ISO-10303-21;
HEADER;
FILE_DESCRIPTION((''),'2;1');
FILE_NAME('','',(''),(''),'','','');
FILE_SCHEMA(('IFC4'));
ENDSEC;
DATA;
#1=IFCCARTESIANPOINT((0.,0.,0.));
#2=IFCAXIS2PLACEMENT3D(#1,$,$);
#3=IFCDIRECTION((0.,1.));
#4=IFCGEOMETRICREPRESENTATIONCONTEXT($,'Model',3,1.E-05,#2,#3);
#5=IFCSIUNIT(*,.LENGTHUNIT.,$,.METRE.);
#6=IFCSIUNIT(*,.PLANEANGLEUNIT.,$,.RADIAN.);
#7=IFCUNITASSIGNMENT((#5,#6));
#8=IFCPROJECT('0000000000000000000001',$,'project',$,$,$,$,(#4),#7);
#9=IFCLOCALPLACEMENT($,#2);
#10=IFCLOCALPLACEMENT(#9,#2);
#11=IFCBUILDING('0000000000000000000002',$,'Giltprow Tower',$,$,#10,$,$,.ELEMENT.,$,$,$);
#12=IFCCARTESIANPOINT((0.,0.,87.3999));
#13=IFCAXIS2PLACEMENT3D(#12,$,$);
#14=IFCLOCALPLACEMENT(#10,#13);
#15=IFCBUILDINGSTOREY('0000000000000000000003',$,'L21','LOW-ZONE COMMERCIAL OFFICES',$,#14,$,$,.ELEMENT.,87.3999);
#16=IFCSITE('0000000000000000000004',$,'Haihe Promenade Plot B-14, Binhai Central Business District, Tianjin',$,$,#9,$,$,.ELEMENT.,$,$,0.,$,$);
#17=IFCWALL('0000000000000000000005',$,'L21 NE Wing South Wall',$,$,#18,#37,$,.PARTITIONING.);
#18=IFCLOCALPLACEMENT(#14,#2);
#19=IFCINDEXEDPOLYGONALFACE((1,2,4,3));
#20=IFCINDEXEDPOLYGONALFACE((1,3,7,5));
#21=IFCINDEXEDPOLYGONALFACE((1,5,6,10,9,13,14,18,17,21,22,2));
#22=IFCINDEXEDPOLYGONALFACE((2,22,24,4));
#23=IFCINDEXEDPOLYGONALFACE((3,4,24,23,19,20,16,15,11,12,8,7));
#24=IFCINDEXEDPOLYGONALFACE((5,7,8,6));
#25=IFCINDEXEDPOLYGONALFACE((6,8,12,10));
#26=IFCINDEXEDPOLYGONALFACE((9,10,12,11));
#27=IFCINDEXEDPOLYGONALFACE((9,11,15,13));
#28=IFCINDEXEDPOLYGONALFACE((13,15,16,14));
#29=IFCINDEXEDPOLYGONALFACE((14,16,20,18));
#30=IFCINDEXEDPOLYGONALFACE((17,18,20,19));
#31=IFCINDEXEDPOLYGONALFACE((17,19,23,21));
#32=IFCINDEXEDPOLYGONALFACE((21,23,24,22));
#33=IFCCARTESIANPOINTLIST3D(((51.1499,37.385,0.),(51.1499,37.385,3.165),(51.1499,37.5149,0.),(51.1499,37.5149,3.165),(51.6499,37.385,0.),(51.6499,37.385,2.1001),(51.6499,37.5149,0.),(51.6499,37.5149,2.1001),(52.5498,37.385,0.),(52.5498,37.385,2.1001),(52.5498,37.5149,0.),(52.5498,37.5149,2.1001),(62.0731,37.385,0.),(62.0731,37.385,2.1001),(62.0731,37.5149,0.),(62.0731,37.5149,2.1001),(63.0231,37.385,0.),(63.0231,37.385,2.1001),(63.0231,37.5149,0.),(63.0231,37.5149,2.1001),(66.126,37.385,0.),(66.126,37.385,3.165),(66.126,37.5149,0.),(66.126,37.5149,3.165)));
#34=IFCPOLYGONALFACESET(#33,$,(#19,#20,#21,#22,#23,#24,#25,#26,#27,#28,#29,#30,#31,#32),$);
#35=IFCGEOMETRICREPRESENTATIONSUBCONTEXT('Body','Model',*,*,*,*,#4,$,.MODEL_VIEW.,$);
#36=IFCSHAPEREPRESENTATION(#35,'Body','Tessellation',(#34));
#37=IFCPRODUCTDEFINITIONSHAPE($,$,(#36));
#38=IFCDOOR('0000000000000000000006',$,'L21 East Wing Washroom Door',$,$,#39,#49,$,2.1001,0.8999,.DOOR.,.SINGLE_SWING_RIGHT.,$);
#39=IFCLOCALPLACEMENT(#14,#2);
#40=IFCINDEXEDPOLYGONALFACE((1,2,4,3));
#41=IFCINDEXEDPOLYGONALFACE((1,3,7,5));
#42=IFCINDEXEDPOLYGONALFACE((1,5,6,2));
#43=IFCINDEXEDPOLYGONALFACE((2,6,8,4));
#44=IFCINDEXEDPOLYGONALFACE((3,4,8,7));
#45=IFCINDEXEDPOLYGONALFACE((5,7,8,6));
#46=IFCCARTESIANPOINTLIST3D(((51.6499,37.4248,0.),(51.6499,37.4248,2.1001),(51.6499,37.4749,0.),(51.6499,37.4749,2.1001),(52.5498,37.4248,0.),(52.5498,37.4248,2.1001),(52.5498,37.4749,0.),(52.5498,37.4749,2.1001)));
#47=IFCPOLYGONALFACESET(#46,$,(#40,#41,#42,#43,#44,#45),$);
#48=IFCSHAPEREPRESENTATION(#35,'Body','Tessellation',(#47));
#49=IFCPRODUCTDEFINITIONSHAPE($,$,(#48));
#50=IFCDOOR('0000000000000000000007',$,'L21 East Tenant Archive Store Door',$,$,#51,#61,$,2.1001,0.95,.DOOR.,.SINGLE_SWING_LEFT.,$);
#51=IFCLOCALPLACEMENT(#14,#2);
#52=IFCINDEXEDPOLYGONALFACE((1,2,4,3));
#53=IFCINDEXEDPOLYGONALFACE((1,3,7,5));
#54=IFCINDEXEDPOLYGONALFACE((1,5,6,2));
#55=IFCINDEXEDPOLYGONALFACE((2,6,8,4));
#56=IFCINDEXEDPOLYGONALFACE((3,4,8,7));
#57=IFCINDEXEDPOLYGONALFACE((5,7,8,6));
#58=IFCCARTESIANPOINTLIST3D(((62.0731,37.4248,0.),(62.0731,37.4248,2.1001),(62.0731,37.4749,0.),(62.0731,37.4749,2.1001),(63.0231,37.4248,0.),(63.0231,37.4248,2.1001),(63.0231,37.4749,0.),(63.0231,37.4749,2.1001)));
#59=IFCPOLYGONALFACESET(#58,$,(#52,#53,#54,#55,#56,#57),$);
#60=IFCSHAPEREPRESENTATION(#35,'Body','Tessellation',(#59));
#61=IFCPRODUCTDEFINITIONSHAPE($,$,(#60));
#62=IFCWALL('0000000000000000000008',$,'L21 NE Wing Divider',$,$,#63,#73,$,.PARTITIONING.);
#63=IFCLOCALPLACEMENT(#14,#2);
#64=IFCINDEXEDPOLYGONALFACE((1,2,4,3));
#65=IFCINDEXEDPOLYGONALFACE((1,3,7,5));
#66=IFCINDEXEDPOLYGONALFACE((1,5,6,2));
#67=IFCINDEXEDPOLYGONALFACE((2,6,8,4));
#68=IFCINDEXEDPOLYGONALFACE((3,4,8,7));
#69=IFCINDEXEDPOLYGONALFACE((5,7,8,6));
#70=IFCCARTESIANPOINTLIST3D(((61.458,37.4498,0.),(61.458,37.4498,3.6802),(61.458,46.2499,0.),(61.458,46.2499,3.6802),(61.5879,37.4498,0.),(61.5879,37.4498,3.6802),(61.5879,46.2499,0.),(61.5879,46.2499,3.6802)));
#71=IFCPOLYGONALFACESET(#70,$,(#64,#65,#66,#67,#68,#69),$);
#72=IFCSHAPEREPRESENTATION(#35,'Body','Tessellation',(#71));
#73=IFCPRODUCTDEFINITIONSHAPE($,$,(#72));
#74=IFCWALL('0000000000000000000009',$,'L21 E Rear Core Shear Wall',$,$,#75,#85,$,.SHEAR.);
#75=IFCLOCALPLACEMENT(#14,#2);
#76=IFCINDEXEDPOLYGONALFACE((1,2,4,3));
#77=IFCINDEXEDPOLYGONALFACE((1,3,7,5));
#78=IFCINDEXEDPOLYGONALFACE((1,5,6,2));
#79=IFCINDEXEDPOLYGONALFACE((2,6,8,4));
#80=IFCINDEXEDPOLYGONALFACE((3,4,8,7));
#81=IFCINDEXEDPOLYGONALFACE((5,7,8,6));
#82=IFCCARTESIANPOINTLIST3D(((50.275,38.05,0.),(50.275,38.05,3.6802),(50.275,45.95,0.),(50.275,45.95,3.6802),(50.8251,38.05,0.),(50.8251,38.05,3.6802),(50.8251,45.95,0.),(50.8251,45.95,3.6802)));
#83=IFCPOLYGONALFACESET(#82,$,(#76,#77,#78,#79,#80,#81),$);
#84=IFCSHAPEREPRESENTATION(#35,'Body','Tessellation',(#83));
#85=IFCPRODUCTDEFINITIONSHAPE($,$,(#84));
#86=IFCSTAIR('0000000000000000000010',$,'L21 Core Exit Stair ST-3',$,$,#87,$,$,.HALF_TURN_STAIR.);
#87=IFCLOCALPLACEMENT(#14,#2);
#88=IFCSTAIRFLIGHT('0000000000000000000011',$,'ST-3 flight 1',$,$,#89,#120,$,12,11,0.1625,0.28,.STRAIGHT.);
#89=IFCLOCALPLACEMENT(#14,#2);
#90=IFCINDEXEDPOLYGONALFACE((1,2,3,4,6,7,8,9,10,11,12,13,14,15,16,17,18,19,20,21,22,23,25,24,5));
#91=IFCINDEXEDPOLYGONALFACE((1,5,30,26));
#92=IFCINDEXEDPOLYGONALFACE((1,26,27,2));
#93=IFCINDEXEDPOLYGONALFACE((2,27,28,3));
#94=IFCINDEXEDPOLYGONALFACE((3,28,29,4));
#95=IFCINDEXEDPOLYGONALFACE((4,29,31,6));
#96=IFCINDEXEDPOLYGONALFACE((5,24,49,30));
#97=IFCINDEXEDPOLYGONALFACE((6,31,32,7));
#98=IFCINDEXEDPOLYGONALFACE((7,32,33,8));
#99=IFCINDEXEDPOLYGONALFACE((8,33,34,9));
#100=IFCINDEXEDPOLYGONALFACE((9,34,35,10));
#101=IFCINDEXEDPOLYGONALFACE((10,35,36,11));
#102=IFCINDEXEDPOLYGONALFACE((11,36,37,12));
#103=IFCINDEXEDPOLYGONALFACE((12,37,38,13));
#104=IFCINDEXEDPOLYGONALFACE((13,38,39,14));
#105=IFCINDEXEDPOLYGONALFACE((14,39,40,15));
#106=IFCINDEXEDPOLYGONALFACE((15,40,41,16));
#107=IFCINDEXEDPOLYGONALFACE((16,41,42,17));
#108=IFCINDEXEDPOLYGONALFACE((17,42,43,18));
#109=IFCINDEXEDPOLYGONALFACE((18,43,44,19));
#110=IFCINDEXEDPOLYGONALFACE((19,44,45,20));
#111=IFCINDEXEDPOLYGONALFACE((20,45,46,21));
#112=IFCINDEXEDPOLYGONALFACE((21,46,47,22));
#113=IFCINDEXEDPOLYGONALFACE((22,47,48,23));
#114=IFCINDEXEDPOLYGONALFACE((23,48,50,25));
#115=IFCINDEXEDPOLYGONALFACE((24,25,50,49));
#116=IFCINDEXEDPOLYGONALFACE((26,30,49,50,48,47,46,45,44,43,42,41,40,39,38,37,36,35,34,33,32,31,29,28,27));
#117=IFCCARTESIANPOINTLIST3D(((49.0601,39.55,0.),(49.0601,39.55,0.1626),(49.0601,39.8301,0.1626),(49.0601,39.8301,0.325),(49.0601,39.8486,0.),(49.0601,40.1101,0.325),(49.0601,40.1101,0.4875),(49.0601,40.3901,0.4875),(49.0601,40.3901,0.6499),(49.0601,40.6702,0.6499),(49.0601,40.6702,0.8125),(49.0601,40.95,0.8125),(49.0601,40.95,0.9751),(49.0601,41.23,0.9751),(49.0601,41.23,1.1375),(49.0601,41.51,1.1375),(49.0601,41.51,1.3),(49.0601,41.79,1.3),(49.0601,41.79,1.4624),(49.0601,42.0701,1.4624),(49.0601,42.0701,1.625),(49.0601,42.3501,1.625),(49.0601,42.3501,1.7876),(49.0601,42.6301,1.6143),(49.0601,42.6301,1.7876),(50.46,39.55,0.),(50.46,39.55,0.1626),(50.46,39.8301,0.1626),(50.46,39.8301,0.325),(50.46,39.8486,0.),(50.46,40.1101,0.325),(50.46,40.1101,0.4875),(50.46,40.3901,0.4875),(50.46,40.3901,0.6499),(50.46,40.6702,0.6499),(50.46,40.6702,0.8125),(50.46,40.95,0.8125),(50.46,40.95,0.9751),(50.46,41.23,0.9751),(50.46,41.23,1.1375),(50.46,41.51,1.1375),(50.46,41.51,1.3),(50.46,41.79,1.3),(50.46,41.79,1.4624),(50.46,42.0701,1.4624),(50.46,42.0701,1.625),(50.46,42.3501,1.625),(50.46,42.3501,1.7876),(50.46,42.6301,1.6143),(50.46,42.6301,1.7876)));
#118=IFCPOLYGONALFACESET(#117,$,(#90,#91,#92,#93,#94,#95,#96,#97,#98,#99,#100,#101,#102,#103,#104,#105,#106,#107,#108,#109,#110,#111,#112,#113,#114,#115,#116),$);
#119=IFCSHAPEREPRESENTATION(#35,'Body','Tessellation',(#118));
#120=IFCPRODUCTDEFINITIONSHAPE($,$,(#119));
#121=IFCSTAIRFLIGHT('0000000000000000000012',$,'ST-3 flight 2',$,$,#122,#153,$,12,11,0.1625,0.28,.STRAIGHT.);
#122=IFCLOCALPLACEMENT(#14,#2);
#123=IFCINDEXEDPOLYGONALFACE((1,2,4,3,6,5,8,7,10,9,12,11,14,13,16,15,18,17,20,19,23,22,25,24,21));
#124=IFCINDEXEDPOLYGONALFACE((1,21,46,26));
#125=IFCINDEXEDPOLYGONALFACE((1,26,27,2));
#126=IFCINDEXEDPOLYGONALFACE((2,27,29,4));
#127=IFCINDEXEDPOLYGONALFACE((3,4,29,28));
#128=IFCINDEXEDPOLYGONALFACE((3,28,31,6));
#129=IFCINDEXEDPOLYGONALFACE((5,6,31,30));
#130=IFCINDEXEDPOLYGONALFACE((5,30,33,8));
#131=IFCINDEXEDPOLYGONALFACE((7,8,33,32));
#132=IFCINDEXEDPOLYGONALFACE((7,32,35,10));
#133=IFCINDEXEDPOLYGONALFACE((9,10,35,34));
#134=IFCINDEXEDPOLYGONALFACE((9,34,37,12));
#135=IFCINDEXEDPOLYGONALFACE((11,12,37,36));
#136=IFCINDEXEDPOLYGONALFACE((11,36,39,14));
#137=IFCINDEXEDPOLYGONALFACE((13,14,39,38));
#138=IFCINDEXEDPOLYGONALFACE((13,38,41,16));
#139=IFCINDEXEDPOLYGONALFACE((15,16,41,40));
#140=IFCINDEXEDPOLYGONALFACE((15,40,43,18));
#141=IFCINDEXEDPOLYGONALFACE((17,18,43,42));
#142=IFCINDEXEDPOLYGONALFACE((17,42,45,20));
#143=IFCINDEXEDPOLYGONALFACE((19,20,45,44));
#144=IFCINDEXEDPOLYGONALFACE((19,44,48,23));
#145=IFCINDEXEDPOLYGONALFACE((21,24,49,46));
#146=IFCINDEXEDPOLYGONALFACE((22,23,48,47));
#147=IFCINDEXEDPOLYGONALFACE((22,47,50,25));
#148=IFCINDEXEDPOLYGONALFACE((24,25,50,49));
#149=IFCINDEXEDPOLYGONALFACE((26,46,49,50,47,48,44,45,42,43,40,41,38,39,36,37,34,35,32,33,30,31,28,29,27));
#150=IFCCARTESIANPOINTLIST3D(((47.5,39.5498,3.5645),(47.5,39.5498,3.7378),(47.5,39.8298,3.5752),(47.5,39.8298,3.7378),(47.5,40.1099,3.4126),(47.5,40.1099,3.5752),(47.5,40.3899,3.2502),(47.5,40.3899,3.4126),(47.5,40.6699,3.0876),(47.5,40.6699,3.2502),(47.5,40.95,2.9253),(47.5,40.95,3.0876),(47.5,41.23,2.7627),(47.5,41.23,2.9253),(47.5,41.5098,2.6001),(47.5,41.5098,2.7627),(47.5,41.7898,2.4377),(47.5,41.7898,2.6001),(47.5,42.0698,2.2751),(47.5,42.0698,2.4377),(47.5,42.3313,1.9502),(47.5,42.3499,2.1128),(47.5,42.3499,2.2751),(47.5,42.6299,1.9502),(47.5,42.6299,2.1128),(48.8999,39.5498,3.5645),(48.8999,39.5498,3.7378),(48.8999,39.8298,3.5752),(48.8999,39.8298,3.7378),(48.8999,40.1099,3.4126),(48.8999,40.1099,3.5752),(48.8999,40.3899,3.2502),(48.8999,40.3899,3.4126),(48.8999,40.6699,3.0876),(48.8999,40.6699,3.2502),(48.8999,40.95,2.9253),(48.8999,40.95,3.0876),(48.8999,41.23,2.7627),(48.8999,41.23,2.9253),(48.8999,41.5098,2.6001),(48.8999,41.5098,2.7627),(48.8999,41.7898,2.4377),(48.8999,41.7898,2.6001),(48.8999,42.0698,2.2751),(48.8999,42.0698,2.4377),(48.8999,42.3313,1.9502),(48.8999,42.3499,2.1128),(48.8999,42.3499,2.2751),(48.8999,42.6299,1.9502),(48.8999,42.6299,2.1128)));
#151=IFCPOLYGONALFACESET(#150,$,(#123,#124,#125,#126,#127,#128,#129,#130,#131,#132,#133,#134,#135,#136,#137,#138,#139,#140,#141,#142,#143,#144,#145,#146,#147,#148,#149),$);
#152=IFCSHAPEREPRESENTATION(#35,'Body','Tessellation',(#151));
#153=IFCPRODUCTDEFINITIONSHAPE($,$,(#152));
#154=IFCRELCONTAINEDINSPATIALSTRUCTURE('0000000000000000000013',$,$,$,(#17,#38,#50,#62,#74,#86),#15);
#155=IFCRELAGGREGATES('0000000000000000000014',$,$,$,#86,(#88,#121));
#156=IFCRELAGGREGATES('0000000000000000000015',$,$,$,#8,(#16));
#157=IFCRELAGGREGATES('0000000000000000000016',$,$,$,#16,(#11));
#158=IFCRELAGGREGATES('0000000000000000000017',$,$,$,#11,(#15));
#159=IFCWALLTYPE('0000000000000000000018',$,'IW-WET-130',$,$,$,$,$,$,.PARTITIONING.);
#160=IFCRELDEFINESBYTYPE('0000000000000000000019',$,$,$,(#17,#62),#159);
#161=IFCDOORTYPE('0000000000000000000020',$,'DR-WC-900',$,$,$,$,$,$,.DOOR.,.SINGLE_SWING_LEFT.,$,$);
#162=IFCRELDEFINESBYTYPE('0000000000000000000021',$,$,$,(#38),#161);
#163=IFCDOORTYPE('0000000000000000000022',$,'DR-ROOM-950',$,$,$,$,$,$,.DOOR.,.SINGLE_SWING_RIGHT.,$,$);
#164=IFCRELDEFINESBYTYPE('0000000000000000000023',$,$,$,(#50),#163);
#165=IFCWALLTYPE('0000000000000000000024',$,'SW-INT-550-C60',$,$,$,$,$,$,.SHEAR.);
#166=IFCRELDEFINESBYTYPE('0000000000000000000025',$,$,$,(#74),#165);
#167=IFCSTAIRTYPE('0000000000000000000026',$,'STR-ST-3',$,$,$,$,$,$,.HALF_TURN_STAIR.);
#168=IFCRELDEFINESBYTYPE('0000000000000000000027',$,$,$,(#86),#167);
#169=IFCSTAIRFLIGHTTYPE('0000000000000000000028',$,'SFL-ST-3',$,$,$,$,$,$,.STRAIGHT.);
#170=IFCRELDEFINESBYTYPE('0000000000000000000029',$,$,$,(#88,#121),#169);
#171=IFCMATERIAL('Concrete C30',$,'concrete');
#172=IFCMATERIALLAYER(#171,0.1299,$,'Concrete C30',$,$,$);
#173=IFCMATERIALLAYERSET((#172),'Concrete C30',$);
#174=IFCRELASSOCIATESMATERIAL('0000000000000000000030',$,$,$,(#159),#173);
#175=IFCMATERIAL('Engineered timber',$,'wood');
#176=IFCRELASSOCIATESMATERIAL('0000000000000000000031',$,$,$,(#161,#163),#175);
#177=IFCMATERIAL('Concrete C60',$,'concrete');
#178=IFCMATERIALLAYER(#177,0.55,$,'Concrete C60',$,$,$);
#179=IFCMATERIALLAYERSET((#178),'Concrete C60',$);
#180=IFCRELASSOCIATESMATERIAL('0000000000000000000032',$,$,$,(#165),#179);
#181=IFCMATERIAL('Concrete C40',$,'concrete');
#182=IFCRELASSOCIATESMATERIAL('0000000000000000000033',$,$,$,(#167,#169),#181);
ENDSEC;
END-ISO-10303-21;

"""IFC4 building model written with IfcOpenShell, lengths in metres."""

from ifc_helpers import new_model, si_unit, direction, frame, frame_2d, origin, place, context, subcontext, project, spatial, polyline, rectangle, outline, extrude, source, transform, mapped, material, layer, layer_set, type_object, element, fill, aggregate, save


model = new_model("IFC4")

# Units and contexts
model_context = context("Model", 3, precision=1e-05, world=origin(), true_north=direction((0.0, 1.0)))
body_context = subcontext(model_context, "Body", "Model", "MODEL_VIEW")
ifc_project = project(units=[si_unit("LENGTHUNIT", "METRE"), si_unit("PLANEANGLEUNIT", "RADIAN")], contexts=[model_context])

# Site, building, storey
site_placement = place(None, origin())
site = spatial("IfcSite", under=ifc_project, at=site_placement, Name="Haihe Promenade Plot B-14, Binhai Central Business District, Tianjin", CompositionType="ELEMENT", RefElevation=0.0)
building_placement = place(site_placement, origin())
building = spatial("IfcBuilding", under=site, at=building_placement, Name="Giltprow Tower", CompositionType="ELEMENT")
storey_placement = place(building_placement, frame((0.0, 0.0, 87.3999)))
storey = spatial("IfcBuildingStorey", under=building, at=storey_placement, Name="L21", Description="LOW-ZONE COMMERCIAL OFFICES", CompositionType="ELEMENT", Elevation=87.3999)

# Shared definitions
ifc_material_1 = material(Name="Concrete C60", Category="concrete")

# Wall, openings, doors
ifc_material_2 = material(Name="Concrete C30", Category="concrete")
ifc_layer_1 = layer(ifc_material_2, 0.1299, Name="Concrete C30")
ifc_layer_set_1 = layer_set([ifc_layer_1], Name="Concrete C30")
wall_type_1 = type_object("IfcWallType", Name="IW-WET-130", PredefinedType="PARTITIONING", material=ifc_layer_set_1)
wall_1_placement = place(storey_placement, frame((51.1499, 37.45, 0.0), z_axis=(0.0, 0.0, 1.0), x_axis=(1.0, 0.0, 0.0)))
wall_1 = element("IfcWall", 1, at=wall_1_placement, inside=storey, type_object=wall_type_1, Name="L21 NE Wing South Wall", PredefinedType="PARTITIONING", context=body_context, shape_type="SweptSolid", body=[
    extrude(rectangle(XDim=14.9761, YDim=0.1299, at=frame_2d((7.488, 0.0))), origin(), (0.0, 0.0, 1.0), 3.165),
])
opening_1_placement = place(wall_1_placement, frame((0.5, 0.0, 0.0)))
opening_1 = element("IfcOpeningElement", 2, at=opening_1_placement, cuts=wall_1, PredefinedType="OPENING", context=body_context, shape_type="SweptSolid", body=[
    extrude(rectangle(XDim=0.8999, YDim=2.1001, at=frame_2d((0.45, 1.05))), frame((0.0, 0.075, 0.0), z_axis=(0.0, -1.0, 0.0), x_axis=(1.0, 0.0, 0.0)), (0.0, 0.0, 1.0), 0.1499),
])
opening_2_placement = place(wall_1_placement, frame((10.9231, 0.0, 0.0)))
opening_2 = element("IfcOpeningElement", 3, at=opening_2_placement, cuts=wall_1, PredefinedType="OPENING", context=body_context, shape_type="SweptSolid", body=[
    extrude(rectangle(XDim=0.95, YDim=2.1001, at=frame_2d((0.4751, 1.05))), frame((0.0, 0.075, 0.0), z_axis=(0.0, -1.0, 0.0), x_axis=(1.0, 0.0, 0.0)), (0.0, 0.0, 1.0), 0.1499),
])
ifc_material_3 = material(Name="Engineered timber", Category="wood")
door_type_1 = type_object("IfcDoorType", Name="DR-WC-900", OperationType="SINGLE_SWING_LEFT", PredefinedType="DOOR", material=ifc_material_3)
shared_shape_1 = source(origin(), body_context, "Body", "SweptSolid", [
    extrude(rectangle(XDim=0.8999, YDim=2.1001, at=frame_2d((0.45, 1.05))), frame((0.0, 0.0249, 0.0), z_axis=(0.0, -1.0, 0.0), x_axis=(1.0, 0.0, 0.0)), (0.0, 0.0, 1.0), 0.05),
])
door_1_placement = place(opening_1_placement, origin())
door_1 = element("IfcDoor", 4, at=door_1_placement, inside=storey, type_object=door_type_1, Name="L21 East Wing Washroom Door", OperationType="SINGLE_SWING_RIGHT", OverallHeight=2.1001, OverallWidth=0.8999, PredefinedType="DOOR", context=body_context, shape_type="MappedRepresentation", body=[
    mapped(shared_shape_1, transform((0.0, 0.0, 0.0), x_axis=(1.0, 0.0, 0.0), y_axis=(0.0, 1.0, 0.0), z_axis=(0.0, 0.0, 1.0), scale=1.0)),
])
fill(opening_1, door_1)
door_type_2 = type_object("IfcDoorType", Name="DR-ROOM-950", OperationType="SINGLE_SWING_RIGHT", PredefinedType="DOOR", material=ifc_material_3)
shared_shape_2 = source(origin(), body_context, "Body", "SweptSolid", [
    extrude(rectangle(XDim=0.95, YDim=2.1001, at=frame_2d((0.4751, 1.05))), frame((0.0, 0.0249, 0.0), z_axis=(0.0, -1.0, 0.0), x_axis=(1.0, 0.0, 0.0)), (0.0, 0.0, 1.0), 0.05),
])
door_2_placement = place(opening_2_placement, origin())
door_2 = element("IfcDoor", 5, at=door_2_placement, inside=storey, type_object=door_type_2, Name="L21 East Tenant Archive Store Door", OperationType="SINGLE_SWING_LEFT", OverallHeight=2.1001, OverallWidth=0.95, PredefinedType="DOOR", context=body_context, shape_type="MappedRepresentation", body=[
    mapped(shared_shape_2, transform((0.0, 0.0, 0.0), x_axis=(1.0, 0.0, 0.0), y_axis=(0.0, 1.0, 0.0), z_axis=(0.0, 0.0, 1.0), scale=1.0)),
])
fill(opening_2, door_2)

# Walls
wall_2_placement = place(storey_placement, frame((61.5229, 37.45, 0.0), z_axis=(0.0, 0.0, 1.0), x_axis=(0.0, 1.0, 0.0)))
element("IfcWall", 6, at=wall_2_placement, inside=storey, type_object=wall_type_1, Name="L21 NE Wing Divider", PredefinedType="PARTITIONING", context=body_context, shape_type="SweptSolid", body=[
    extrude(rectangle(XDim=8.8, YDim=0.1299, at=frame_2d((4.3999, 0.0))), origin(), (0.0, 0.0, 1.0), 3.6802),
])
ifc_layer_2 = layer(ifc_material_1, 0.55, Name="Concrete C60")
ifc_layer_set_2 = layer_set([ifc_layer_2], Name="Concrete C60")
wall_type_2 = type_object("IfcWallType", Name="SW-INT-550-C60", PredefinedType="SHEAR", material=ifc_layer_set_2)
wall_3_placement = place(storey_placement, frame((50.55, 38.05, 0.0), z_axis=(0.0, 0.0, 1.0), x_axis=(0.0, 1.0, 0.0)))
element("IfcWall", 7, at=wall_3_placement, inside=storey, type_object=wall_type_2, Name="L21 E Rear Core Shear Wall", PredefinedType="SHEAR", context=body_context, shape_type="SweptSolid", body=[
    extrude(rectangle(XDim=7.8999, YDim=0.55, at=frame_2d((3.95, 0.0))), origin(), (0.0, 0.0, 1.0), 3.6802),
])

# Stair, stair flights
ifc_material_4 = material(Name="Concrete C40", Category="concrete")
stair_type = type_object("IfcStairType", Name="STR-ST-3", PredefinedType="HALF_TURN_STAIR", material=ifc_material_4)
stair_placement = place(storey_placement, origin())
stair = element("IfcStair", 8, at=stair_placement, inside=storey, type_object=stair_type, Name="L21 Core Exit Stair ST-3", PredefinedType="HALF_TURN_STAIR")
stair_flight_type = type_object("IfcStairFlightType", Name="SFL-ST-3", PredefinedType="STRAIGHT", material=ifc_material_4)
stair_flight_1_placement = place(storey_placement, frame((49.76, 39.55, 0.0), z_axis=(0.0, 0.0, 1.0), x_axis=(0.0, 1.0, 0.0)))
stair_flight_1 = element("IfcStairFlight", 9, at=stair_flight_1_placement, type_object=stair_flight_type, Name="ST-3 flight 1", NumberOfRisers=12, NumberOfTreads=11, PredefinedType="STRAIGHT", RiserHeight=0.1625, TreadLength=0.28, context=body_context, shape_type="SweptSolid", body=[
    extrude(outline(polyline([(0.0, 0.0), (0.0, 0.1626), (0.28, 0.1626), (0.28, 0.325), (0.5601, 0.325), (0.5601, 0.4875), (0.8401, 0.4875), (0.8401, 0.6499), (1.1201, 0.6499), (1.1201, 0.8125), (1.3999, 0.8125), (1.3999, 0.9751), (1.6799, 0.9751), (1.6799, 1.1375), (1.96, 1.1375), (1.96, 1.3), (2.24, 1.3), (2.24, 1.4624), (2.52, 1.4624), (2.52, 1.625), (2.8, 1.625), (2.8, 1.7876), (3.0801, 1.7876), (3.0801, 1.95), (3.0801, 1.6143), (0.2986, 0.0), (0.0, 0.0)])), frame((0.0, 0.7, 0.0), z_axis=(0.0, -1.0, 0.0), x_axis=(1.0, 0.0, 0.0)), (0.0, 0.0, 1.0), 1.3999),
])
stair_flight_2_placement = place(storey_placement, frame((48.2, 42.6299, 1.9502), z_axis=(0.0, 0.0, 1.0), x_axis=(0.0, -1.0, 0.0)))
stair_flight_2 = element("IfcStairFlight", 10, at=stair_flight_2_placement, type_object=stair_flight_type, Name="ST-3 flight 2", NumberOfRisers=12, NumberOfTreads=11, PredefinedType="STRAIGHT", RiserHeight=0.1625, TreadLength=0.28, context=body_context, shape_type="SweptSolid", body=[
    extrude(outline(polyline([(0.0, 0.0), (0.0, 0.1626), (0.28, 0.1626), (0.28, 0.325), (0.5601, 0.325), (0.5601, 0.4875), (0.8401, 0.4875), (0.8401, 0.6499), (1.1201, 0.6499), (1.1201, 0.8125), (1.3999, 0.8125), (1.3999, 0.9751), (1.6799, 0.9751), (1.6799, 1.1375), (1.96, 1.1375), (1.96, 1.3), (2.24, 1.3), (2.24, 1.4624), (2.52, 1.4624), (2.52, 1.625), (2.8, 1.625), (2.8, 1.7876), (3.0801, 1.7876), (3.0801, 1.95), (3.0801, 1.6143), (0.2986, 0.0), (0.0, 0.0)])), frame((0.0, 0.7, 0.0), z_axis=(0.0, -1.0, 0.0), x_axis=(1.0, 0.0, 0.0)), (0.0, 0.0, 1.0), 1.3999),
])
aggregate(stair, [stair_flight_1, stair_flight_2])

save(model, "model.ifc")
